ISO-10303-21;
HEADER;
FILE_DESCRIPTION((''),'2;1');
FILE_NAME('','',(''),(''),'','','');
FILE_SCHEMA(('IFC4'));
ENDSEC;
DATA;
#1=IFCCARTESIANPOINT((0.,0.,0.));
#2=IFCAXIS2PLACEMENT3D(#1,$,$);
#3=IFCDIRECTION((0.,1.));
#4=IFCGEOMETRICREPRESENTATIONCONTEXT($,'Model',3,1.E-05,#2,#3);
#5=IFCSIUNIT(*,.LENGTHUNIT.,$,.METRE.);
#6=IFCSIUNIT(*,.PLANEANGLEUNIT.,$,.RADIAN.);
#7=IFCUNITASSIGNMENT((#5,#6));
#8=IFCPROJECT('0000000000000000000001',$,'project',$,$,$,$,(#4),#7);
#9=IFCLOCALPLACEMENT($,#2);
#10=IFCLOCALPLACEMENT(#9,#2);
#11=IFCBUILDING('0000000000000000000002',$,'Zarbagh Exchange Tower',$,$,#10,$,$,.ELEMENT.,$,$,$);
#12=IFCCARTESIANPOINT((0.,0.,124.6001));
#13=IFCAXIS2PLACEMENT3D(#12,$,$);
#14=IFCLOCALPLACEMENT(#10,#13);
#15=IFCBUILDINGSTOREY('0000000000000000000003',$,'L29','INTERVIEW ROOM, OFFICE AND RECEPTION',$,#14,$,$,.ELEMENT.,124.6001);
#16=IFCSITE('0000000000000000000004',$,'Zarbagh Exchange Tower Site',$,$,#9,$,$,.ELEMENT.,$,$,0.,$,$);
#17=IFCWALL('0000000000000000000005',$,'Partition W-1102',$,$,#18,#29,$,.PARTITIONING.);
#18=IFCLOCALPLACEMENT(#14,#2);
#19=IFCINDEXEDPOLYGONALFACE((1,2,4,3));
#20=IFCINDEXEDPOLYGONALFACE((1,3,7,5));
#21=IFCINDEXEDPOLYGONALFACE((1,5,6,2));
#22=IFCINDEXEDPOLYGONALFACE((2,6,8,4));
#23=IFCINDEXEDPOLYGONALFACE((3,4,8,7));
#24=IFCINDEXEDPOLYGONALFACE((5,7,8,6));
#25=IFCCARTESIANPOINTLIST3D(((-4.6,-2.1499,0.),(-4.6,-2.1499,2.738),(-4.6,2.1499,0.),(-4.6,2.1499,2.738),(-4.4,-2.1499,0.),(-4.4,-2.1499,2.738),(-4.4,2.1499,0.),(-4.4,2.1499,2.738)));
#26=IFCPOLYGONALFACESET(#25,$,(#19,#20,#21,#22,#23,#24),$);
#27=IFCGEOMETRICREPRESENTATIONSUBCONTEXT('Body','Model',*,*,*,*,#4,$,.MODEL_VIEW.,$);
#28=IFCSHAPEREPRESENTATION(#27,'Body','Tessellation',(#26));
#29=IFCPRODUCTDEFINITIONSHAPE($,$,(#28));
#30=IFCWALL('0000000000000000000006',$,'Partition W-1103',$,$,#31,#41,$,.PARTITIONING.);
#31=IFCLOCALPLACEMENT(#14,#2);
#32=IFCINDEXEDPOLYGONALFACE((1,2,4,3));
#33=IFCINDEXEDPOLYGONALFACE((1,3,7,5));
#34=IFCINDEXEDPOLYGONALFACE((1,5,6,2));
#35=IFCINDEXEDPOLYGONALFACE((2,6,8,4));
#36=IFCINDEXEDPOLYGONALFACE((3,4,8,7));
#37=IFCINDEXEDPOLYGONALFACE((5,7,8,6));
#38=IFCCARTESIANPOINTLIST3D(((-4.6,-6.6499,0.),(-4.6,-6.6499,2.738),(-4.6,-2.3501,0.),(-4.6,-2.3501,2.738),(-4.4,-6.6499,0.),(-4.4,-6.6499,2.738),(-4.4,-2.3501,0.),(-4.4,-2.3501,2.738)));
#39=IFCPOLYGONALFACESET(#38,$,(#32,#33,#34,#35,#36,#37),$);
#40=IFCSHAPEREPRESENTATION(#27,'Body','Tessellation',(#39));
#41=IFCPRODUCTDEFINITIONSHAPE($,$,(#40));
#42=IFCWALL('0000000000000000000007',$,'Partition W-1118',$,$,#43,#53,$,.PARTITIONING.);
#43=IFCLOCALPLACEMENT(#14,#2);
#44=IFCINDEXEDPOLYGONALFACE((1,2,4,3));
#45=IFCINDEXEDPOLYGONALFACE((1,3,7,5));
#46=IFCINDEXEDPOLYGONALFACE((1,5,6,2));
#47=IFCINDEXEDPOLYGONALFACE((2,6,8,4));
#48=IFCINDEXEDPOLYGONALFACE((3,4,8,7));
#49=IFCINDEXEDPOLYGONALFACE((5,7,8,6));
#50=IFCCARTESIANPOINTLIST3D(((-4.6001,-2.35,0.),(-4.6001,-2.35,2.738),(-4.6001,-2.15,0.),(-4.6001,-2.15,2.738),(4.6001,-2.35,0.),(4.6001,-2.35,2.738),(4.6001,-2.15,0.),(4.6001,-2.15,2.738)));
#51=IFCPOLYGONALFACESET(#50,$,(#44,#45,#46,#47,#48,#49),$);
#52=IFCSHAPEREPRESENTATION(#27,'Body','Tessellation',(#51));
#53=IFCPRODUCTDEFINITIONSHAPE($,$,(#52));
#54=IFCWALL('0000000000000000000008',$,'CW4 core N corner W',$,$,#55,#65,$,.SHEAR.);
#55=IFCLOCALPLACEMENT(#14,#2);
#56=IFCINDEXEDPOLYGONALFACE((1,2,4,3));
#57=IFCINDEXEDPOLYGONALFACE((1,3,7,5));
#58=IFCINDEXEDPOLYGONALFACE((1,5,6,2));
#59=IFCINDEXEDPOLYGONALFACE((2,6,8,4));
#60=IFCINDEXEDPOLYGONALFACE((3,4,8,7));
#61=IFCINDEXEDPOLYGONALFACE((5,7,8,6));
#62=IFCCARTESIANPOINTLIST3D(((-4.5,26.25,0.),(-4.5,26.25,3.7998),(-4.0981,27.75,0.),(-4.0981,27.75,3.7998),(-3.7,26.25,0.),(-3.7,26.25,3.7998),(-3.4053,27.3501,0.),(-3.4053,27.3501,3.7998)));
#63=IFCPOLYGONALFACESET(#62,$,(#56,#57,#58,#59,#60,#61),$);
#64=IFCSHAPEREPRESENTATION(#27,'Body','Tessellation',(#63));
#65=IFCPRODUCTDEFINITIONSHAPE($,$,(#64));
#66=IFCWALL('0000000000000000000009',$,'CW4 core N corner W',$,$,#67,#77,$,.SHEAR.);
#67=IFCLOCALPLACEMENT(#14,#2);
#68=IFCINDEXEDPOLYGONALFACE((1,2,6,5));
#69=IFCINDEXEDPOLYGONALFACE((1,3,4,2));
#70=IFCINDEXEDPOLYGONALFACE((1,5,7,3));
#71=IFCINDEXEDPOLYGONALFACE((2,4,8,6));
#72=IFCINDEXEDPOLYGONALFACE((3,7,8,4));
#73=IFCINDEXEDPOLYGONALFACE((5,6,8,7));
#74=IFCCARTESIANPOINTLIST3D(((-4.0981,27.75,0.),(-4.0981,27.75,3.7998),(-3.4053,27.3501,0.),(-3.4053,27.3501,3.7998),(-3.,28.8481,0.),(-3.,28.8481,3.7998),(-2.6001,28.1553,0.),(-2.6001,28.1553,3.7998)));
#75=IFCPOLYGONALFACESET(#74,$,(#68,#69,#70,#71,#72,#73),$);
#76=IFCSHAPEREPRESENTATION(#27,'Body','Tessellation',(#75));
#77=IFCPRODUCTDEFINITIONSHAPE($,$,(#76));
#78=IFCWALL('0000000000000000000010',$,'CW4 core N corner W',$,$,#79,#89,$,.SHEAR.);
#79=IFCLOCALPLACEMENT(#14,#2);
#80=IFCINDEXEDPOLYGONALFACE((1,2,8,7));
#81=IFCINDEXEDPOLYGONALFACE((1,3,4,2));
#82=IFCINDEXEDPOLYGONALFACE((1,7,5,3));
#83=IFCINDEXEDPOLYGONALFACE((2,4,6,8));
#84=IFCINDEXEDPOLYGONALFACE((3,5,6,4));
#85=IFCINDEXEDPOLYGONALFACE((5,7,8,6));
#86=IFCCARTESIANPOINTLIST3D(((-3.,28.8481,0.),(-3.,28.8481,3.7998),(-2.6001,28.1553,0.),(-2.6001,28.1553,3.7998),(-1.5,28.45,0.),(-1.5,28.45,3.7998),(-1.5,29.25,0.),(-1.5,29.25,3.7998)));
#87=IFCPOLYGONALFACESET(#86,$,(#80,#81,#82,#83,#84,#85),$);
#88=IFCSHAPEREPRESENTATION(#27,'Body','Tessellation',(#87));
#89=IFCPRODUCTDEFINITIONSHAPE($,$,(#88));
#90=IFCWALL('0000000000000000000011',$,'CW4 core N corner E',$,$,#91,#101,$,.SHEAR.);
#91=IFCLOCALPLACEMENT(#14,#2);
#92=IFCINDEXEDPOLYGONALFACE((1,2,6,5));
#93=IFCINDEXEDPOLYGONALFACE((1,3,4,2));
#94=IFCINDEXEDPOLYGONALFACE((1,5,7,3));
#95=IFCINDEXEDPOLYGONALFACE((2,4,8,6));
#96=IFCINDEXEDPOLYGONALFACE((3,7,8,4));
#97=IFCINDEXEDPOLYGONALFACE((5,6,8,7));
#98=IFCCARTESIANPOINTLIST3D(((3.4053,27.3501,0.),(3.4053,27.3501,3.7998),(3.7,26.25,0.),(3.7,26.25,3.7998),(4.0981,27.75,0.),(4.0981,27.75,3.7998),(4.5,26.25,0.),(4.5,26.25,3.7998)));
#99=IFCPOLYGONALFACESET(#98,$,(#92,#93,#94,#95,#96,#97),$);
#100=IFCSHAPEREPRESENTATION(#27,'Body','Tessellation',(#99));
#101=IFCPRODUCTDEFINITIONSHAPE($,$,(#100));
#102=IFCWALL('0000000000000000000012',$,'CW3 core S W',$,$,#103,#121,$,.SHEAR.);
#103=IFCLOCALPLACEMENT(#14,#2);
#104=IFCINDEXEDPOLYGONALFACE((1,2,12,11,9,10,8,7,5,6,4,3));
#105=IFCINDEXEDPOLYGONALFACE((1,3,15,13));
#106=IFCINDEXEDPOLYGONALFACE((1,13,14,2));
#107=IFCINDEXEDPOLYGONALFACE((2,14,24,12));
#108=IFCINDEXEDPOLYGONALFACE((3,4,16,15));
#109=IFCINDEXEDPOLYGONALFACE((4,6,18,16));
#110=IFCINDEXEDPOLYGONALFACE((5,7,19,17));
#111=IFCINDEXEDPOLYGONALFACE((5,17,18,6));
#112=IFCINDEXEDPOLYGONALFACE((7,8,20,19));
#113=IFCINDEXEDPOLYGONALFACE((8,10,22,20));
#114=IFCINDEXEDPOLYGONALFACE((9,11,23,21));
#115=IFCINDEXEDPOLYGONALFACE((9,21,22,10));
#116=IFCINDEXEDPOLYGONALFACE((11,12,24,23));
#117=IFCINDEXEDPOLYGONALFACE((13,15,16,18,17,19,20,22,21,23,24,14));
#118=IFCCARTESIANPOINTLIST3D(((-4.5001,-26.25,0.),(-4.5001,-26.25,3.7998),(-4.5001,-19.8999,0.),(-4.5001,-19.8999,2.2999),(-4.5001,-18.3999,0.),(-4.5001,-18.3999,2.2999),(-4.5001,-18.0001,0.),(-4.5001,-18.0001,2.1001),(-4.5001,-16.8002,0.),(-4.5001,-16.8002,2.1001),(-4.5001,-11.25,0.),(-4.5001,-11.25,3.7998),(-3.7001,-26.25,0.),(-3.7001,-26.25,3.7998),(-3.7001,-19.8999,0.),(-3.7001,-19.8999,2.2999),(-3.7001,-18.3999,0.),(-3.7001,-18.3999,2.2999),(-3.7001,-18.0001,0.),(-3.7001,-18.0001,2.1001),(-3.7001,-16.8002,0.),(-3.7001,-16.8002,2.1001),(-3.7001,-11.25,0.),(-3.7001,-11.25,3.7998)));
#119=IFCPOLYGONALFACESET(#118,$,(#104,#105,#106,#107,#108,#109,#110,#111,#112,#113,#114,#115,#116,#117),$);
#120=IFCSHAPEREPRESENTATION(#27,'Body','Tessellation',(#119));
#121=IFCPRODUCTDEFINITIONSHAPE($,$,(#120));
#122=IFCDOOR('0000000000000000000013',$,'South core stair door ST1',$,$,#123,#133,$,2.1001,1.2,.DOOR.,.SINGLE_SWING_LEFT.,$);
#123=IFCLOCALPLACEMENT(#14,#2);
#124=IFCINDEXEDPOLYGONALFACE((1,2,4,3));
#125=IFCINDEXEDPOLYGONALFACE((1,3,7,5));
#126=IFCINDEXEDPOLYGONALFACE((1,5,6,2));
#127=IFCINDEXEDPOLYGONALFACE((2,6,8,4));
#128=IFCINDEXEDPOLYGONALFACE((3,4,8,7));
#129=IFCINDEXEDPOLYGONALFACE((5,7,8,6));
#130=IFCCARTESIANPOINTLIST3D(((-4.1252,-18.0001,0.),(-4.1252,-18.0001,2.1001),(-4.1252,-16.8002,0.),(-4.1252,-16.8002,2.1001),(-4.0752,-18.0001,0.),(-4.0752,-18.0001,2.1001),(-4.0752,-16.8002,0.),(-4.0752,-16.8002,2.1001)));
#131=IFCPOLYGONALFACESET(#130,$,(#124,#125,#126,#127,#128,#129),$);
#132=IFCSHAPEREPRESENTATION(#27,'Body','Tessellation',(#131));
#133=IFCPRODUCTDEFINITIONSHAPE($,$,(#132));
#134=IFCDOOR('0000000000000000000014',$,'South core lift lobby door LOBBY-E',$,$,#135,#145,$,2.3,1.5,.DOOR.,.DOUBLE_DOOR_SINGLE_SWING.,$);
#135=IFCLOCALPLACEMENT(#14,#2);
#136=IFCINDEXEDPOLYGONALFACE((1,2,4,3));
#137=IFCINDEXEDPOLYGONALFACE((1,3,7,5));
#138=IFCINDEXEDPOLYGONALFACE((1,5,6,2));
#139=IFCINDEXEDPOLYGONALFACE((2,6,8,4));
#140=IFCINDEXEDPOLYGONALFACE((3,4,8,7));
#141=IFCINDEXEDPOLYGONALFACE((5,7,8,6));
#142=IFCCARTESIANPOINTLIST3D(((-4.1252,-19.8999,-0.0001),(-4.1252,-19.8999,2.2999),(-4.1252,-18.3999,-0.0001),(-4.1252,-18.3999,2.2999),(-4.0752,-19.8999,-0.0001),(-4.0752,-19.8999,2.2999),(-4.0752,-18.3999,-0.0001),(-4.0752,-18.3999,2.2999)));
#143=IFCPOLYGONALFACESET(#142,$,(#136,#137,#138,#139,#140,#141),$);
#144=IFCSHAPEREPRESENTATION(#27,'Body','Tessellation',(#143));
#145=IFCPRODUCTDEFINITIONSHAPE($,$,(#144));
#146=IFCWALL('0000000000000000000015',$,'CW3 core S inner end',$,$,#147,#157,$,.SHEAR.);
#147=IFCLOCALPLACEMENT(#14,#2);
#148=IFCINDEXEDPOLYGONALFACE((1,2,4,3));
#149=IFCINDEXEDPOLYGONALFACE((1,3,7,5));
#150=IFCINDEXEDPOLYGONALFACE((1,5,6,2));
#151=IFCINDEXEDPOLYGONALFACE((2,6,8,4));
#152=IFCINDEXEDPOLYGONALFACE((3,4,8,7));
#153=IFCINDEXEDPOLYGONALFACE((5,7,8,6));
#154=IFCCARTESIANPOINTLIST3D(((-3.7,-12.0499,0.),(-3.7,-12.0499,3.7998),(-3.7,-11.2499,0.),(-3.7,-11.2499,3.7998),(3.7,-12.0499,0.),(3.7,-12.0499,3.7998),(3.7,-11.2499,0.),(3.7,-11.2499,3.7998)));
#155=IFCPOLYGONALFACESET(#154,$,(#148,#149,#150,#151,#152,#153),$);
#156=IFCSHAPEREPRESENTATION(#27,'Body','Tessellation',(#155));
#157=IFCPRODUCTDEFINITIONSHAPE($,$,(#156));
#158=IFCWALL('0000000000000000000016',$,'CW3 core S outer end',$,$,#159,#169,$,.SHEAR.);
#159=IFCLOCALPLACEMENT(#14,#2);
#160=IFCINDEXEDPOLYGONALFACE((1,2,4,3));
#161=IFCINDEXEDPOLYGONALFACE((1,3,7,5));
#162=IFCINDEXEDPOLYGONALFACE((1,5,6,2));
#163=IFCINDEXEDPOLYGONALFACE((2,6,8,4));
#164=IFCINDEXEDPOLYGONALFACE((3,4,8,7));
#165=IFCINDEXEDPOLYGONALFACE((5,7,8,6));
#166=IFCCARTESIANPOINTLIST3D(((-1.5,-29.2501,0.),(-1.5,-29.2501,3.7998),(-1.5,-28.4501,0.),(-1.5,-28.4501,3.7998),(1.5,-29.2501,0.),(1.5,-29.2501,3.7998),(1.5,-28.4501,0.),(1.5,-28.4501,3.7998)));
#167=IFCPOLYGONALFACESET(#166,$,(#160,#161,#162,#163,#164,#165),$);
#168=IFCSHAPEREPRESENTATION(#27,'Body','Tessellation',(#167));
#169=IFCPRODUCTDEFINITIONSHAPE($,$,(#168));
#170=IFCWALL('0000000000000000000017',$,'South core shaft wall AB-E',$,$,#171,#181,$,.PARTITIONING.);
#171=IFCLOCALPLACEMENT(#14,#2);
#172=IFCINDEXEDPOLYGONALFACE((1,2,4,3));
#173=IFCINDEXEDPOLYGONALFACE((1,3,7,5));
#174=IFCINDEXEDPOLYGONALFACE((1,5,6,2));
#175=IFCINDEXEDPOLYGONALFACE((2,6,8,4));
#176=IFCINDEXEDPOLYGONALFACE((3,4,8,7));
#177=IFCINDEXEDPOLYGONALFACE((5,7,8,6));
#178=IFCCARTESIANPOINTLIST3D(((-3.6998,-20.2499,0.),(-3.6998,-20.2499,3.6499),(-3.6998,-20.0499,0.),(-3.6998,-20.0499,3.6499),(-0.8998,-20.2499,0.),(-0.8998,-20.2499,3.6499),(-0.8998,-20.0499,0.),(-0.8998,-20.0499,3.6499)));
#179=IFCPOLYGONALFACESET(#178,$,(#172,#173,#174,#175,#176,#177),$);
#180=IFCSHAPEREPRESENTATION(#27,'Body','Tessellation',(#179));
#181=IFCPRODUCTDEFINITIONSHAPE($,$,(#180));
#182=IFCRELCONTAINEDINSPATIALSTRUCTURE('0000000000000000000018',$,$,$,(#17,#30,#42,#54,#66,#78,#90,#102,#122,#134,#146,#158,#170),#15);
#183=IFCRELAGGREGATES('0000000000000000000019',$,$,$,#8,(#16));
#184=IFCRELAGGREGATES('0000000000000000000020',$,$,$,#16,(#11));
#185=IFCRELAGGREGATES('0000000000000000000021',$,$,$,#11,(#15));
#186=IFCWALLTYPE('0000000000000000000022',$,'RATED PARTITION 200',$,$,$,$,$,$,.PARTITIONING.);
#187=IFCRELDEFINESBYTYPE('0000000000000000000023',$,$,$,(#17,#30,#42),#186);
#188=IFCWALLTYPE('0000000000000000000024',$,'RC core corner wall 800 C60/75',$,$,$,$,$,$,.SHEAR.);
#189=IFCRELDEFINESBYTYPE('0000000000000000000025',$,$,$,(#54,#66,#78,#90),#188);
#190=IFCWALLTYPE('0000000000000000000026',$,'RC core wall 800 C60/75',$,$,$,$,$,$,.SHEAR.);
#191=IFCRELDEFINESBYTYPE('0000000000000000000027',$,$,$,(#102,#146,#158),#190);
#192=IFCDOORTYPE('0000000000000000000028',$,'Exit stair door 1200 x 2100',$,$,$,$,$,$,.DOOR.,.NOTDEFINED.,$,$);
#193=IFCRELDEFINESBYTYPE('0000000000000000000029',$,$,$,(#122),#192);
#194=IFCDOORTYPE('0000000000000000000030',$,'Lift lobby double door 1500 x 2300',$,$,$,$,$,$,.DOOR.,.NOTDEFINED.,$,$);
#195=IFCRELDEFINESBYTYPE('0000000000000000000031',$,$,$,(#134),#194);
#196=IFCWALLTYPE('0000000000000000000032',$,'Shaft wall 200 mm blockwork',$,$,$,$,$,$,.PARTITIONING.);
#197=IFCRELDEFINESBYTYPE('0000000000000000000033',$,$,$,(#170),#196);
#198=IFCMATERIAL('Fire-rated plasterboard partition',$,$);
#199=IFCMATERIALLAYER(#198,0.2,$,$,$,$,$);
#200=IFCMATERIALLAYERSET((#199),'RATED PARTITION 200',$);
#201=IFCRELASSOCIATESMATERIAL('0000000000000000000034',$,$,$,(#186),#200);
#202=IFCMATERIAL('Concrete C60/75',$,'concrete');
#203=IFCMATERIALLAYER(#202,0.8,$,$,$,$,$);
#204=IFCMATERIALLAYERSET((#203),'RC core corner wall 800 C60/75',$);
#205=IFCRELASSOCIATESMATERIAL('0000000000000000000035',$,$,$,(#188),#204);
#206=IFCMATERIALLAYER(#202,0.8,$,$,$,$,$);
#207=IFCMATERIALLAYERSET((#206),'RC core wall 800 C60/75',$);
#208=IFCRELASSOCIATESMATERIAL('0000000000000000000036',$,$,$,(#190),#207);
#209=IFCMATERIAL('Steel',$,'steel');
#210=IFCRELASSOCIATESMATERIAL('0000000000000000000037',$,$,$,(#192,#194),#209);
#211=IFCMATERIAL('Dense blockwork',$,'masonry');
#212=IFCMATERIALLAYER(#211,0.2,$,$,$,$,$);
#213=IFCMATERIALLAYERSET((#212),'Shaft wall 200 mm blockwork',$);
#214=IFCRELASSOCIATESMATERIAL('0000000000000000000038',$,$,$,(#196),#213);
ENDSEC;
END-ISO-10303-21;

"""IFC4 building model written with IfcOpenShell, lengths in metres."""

from ifc_helpers import new_model, si_unit, direction, frame, frame_2d, origin, place, context, subcontext, project, spatial, polyline, rectangle, outline, extrude, material, layer, layer_set, type_object, element, fill, save


model = new_model("IFC4")

# Units and contexts
model_context = context("Model", 3, precision=1e-05, world=origin(), true_north=direction((0.0, 1.0)))
body_context = subcontext(model_context, "Body", "Model", "MODEL_VIEW")
ifc_project = project(units=[si_unit("LENGTHUNIT", "METRE"), si_unit("PLANEANGLEUNIT", "RADIAN")], contexts=[model_context])

# Site, building, storey
site_placement = place(None, origin())
site = spatial("IfcSite", under=ifc_project, at=site_placement, Name="Zarbagh Exchange Tower Site", CompositionType="ELEMENT", RefElevation=0.0)
building_placement = place(site_placement, origin())
building = spatial("IfcBuilding", under=site, at=building_placement, Name="Zarbagh Exchange Tower", CompositionType="ELEMENT")
storey_placement = place(building_placement, frame((0.0, 0.0, 124.6001)))
storey = spatial("IfcBuildingStorey", under=building, at=storey_placement, Name="L29", Description="INTERVIEW ROOM, OFFICE AND RECEPTION", CompositionType="ELEMENT", Elevation=124.6001)

# Shared definitions
ifc_material_1 = material(Name="Concrete C60/75", Category="concrete")

# Walls
ifc_material_2 = material(Name="Fire-rated plasterboard partition")
ifc_layer_1 = layer(ifc_material_2, 0.2)
ifc_layer_set_1 = layer_set([ifc_layer_1], Name="RATED PARTITION 200")
wall_type_1 = type_object("IfcWallType", Name="RATED PARTITION 200", PredefinedType="PARTITIONING", material=ifc_layer_set_1)
for number, where, z_axis, x_axis, name in (
    (1, (-4.5, -2.1499, 0.0), (0.0, 0.0, 1.0), (0.0, 1.0, 0.0), "Partition W-1102"),
    (2, (-4.5, -6.6499, 0.0), (0.0, 0.0, 1.0), (0.0, 1.0, 0.0), "Partition W-1103"),
):
    element("IfcWall", number, at=place(storey_placement, frame(where, z_axis=z_axis, x_axis=x_axis)), inside=storey, type_object=wall_type_1, Name=name, PredefinedType="PARTITIONING", context=body_context, shape_type="SweptSolid", body=[
        extrude(rectangle(XDim=4.2998, YDim=0.2, at=frame_2d((2.1499, 0.0))), origin(), (0.0, 0.0, 1.0), 2.738),
    ])
wall_1_placement = place(storey_placement, frame((-4.6001, -2.25, 0.0), z_axis=(0.0, 0.0, 1.0), x_axis=(1.0, 0.0, 0.0)))
element("IfcWall", 3, at=wall_1_placement, inside=storey, type_object=wall_type_1, Name="Partition W-1118", PredefinedType="PARTITIONING", context=body_context, shape_type="SweptSolid", body=[
    extrude(rectangle(XDim=9.2002, YDim=0.2, at=frame_2d((4.6001, 0.0))), origin(), (0.0, 0.0, 1.0), 2.738),
])
ifc_layer_2 = layer(ifc_material_1, 0.8)
ifc_layer_set_2 = layer_set([ifc_layer_2], Name="RC core corner wall 800 C60/75")
wall_type_2 = type_object("IfcWallType", Name="RC core corner wall 800 C60/75", PredefinedType="SHEAR", material=ifc_layer_set_2)
wall_2_placement = place(storey_placement, origin())
element("IfcWall", 4, at=wall_2_placement, inside=storey, type_object=wall_type_2, Name="CW4 core N corner W", PredefinedType="SHEAR", context=body_context, shape_type="SweptSolid", body=[
    extrude(outline(polyline([(-4.5, 26.25), (-4.0981, 27.75), (-3.4053, 27.3501), (-3.7, 26.25), (-4.5, 26.25)])), origin(), (0.0, 0.0, 1.0), 3.7998),
])
wall_3_placement = place(storey_placement, origin())
element("IfcWall", 5, at=wall_3_placement, inside=storey, type_object=wall_type_2, Name="CW4 core N corner W", PredefinedType="SHEAR", context=body_context, shape_type="SweptSolid", body=[
    extrude(outline(polyline([(-4.0981, 27.75), (-3.0, 28.8481), (-2.6001, 28.1553), (-3.4053, 27.3501), (-4.0981, 27.75)])), origin(), (0.0, 0.0, 1.0), 3.7998),
])
wall_4_placement = place(storey_placement, origin())
element("IfcWall", 6, at=wall_4_placement, inside=storey, type_object=wall_type_2, Name="CW4 core N corner W", PredefinedType="SHEAR", context=body_context, shape_type="SweptSolid", body=[
    extrude(outline(polyline([(-3.0, 28.8481), (-1.5, 29.25), (-1.5, 28.45), (-2.6001, 28.1553), (-3.0, 28.8481)])), origin(), (0.0, 0.0, 1.0), 3.7998),
])
wall_5_placement = place(storey_placement, origin())
element("IfcWall", 7, at=wall_5_placement, inside=storey, type_object=wall_type_2, Name="CW4 core N corner E", PredefinedType="SHEAR", context=body_context, shape_type="SweptSolid", body=[
    extrude(outline(polyline([(4.5, 26.25), (4.0981, 27.75), (3.4053, 27.3501), (3.7, 26.25), (4.5, 26.25)])), origin(), (0.0, 0.0, 1.0), 3.7998),
])

# Wall, openings, doors
ifc_layer_3 = layer(ifc_material_1, 0.8)
ifc_layer_set_3 = layer_set([ifc_layer_3], Name="RC core wall 800 C60/75")
wall_type_3 = type_object("IfcWallType", Name="RC core wall 800 C60/75", PredefinedType="SHEAR", material=ifc_layer_set_3)
wall_6_placement = place(storey_placement, frame((-4.1001, -11.25, 0.0), z_axis=(0.0, 0.0, 1.0), x_axis=(0.0, -1.0, 0.0)))
wall_6 = element("IfcWall", 8, at=wall_6_placement, inside=storey, type_object=wall_type_3, Name="CW3 core S W", PredefinedType="SHEAR", context=body_context, shape_type="SweptSolid", body=[
    extrude(rectangle(XDim=15.0, YDim=0.8, at=frame_2d((7.5, 0.0))), origin(), (0.0, 0.0, 1.0), 3.7998),
])
opening_1_placement = place(wall_6_placement, frame((7.1499, 0.0, 0.0)))
opening_1 = element("IfcOpeningElement", 9, at=opening_1_placement, cuts=wall_6, PredefinedType="OPENING", context=body_context, shape_type="SweptSolid", body=[
    extrude(rectangle(XDim=1.5, YDim=2.3, at=frame_2d((0.75, 1.1499))), frame((0.0, 0.4099, 0.0), z_axis=(0.0, -1.0, 0.0), x_axis=(1.0, 0.0, 0.0)), (0.0, 0.0, 1.0), 0.8201),
])
opening_2_placement = place(wall_6_placement, frame((5.55, 0.0, 0.0)))
opening_2 = element("IfcOpeningElement", 10, at=opening_2_placement, cuts=wall_6, PredefinedType="OPENING", context=body_context, shape_type="SweptSolid", body=[
    extrude(rectangle(XDim=1.2, YDim=2.1001, at=frame_2d((0.6001, 1.05))), frame((0.0, 0.4099, 0.0), z_axis=(0.0, -1.0, 0.0), x_axis=(1.0, 0.0, 0.0)), (0.0, 0.0, 1.0), 0.8201),
])
ifc_material_3 = material(Name="Steel", Category="steel")
door_type_1 = type_object("IfcDoorType", Name="Exit stair door 1200 x 2100", OperationType="NOTDEFINED", PredefinedType="DOOR", material=ifc_material_3)
door_1_placement = place(opening_2_placement, origin())
door_1 = element("IfcDoor", 11, at=door_1_placement, inside=storey, type_object=door_type_1, Name="South core stair door ST1", OperationType="SINGLE_SWING_LEFT", OverallHeight=2.1001, OverallWidth=1.2, PredefinedType="DOOR", context=body_context, shape_type="SweptSolid", body=[
    extrude(rectangle(XDim=1.2, YDim=2.1001, at=frame_2d((0.6001, 1.05))), frame((0.0, 0.0249, 0.0), z_axis=(0.0, -1.0, 0.0), x_axis=(1.0, 0.0, 0.0)), (0.0, 0.0, 1.0), 0.05),
])
fill(opening_2, door_1)
door_type_2 = type_object("IfcDoorType", Name="Lift lobby double door 1500 x 2300", OperationType="NOTDEFINED", PredefinedType="DOOR", material=ifc_material_3)
door_2_placement = place(opening_1_placement, origin())
door_2 = element("IfcDoor", 12, at=door_2_placement, inside=storey, type_object=door_type_2, Name="South core lift lobby door LOBBY-E", OperationType="DOUBLE_DOOR_SINGLE_SWING", OverallHeight=2.3, OverallWidth=1.5, PredefinedType="DOOR", context=body_context, shape_type="SweptSolid", body=[
    extrude(rectangle(XDim=1.5, YDim=2.3, at=frame_2d((0.75, 1.1499))), frame((0.0, 0.0249, 0.0), z_axis=(0.0, -1.0, 0.0), x_axis=(1.0, 0.0, 0.0)), (0.0, 0.0, 1.0), 0.05),
])
fill(opening_1, door_2)

# Walls
wall_7_placement = place(storey_placement, frame((-3.7, -11.6499, 0.0), z_axis=(0.0, 0.0, 1.0), x_axis=(1.0, 0.0, 0.0)))
element("IfcWall", 13, at=wall_7_placement, inside=storey, type_object=wall_type_3, Name="CW3 core S inner end", PredefinedType="SHEAR", context=body_context, shape_type="SweptSolid", body=[
    extrude(rectangle(XDim=7.3999, YDim=0.8, at=frame_2d((3.7, 0.0))), origin(), (0.0, 0.0, 1.0), 3.7998),
])
wall_8_placement = place(storey_placement, frame((-1.5, -28.8501, 0.0), z_axis=(0.0, 0.0, 1.0), x_axis=(1.0, 0.0, 0.0)))
element("IfcWall", 14, at=wall_8_placement, inside=storey, type_object=wall_type_3, Name="CW3 core S outer end", PredefinedType="SHEAR", context=body_context, shape_type="SweptSolid", body=[
    extrude(rectangle(XDim=3.0, YDim=0.8, at=frame_2d((1.5, 0.0))), origin(), (0.0, 0.0, 1.0), 3.7998),
])
ifc_material_4 = material(Name="Dense blockwork", Category="masonry")
ifc_layer_4 = layer(ifc_material_4, 0.2)
ifc_layer_set_4 = layer_set([ifc_layer_4], Name="Shaft wall 200 mm blockwork")
wall_type_4 = type_object("IfcWallType", Name="Shaft wall 200 mm blockwork", PredefinedType="PARTITIONING", material=ifc_layer_set_4)
wall_9_placement = place(storey_placement, frame((-0.8999, -20.1499, 0.0), z_axis=(0.0, 0.0, 1.0), x_axis=(-1.0, 0.0, 0.0)))
element("IfcWall", 15, at=wall_9_placement, inside=storey, type_object=wall_type_4, Name="South core shaft wall AB-E", PredefinedType="PARTITIONING", context=body_context, shape_type="SweptSolid", body=[
    extrude(rectangle(XDim=2.8, YDim=0.2, at=frame_2d((1.3999, 0.0))), origin(), (0.0, 0.0, 1.0), 3.6499),
])

save(model, "model.ifc")
